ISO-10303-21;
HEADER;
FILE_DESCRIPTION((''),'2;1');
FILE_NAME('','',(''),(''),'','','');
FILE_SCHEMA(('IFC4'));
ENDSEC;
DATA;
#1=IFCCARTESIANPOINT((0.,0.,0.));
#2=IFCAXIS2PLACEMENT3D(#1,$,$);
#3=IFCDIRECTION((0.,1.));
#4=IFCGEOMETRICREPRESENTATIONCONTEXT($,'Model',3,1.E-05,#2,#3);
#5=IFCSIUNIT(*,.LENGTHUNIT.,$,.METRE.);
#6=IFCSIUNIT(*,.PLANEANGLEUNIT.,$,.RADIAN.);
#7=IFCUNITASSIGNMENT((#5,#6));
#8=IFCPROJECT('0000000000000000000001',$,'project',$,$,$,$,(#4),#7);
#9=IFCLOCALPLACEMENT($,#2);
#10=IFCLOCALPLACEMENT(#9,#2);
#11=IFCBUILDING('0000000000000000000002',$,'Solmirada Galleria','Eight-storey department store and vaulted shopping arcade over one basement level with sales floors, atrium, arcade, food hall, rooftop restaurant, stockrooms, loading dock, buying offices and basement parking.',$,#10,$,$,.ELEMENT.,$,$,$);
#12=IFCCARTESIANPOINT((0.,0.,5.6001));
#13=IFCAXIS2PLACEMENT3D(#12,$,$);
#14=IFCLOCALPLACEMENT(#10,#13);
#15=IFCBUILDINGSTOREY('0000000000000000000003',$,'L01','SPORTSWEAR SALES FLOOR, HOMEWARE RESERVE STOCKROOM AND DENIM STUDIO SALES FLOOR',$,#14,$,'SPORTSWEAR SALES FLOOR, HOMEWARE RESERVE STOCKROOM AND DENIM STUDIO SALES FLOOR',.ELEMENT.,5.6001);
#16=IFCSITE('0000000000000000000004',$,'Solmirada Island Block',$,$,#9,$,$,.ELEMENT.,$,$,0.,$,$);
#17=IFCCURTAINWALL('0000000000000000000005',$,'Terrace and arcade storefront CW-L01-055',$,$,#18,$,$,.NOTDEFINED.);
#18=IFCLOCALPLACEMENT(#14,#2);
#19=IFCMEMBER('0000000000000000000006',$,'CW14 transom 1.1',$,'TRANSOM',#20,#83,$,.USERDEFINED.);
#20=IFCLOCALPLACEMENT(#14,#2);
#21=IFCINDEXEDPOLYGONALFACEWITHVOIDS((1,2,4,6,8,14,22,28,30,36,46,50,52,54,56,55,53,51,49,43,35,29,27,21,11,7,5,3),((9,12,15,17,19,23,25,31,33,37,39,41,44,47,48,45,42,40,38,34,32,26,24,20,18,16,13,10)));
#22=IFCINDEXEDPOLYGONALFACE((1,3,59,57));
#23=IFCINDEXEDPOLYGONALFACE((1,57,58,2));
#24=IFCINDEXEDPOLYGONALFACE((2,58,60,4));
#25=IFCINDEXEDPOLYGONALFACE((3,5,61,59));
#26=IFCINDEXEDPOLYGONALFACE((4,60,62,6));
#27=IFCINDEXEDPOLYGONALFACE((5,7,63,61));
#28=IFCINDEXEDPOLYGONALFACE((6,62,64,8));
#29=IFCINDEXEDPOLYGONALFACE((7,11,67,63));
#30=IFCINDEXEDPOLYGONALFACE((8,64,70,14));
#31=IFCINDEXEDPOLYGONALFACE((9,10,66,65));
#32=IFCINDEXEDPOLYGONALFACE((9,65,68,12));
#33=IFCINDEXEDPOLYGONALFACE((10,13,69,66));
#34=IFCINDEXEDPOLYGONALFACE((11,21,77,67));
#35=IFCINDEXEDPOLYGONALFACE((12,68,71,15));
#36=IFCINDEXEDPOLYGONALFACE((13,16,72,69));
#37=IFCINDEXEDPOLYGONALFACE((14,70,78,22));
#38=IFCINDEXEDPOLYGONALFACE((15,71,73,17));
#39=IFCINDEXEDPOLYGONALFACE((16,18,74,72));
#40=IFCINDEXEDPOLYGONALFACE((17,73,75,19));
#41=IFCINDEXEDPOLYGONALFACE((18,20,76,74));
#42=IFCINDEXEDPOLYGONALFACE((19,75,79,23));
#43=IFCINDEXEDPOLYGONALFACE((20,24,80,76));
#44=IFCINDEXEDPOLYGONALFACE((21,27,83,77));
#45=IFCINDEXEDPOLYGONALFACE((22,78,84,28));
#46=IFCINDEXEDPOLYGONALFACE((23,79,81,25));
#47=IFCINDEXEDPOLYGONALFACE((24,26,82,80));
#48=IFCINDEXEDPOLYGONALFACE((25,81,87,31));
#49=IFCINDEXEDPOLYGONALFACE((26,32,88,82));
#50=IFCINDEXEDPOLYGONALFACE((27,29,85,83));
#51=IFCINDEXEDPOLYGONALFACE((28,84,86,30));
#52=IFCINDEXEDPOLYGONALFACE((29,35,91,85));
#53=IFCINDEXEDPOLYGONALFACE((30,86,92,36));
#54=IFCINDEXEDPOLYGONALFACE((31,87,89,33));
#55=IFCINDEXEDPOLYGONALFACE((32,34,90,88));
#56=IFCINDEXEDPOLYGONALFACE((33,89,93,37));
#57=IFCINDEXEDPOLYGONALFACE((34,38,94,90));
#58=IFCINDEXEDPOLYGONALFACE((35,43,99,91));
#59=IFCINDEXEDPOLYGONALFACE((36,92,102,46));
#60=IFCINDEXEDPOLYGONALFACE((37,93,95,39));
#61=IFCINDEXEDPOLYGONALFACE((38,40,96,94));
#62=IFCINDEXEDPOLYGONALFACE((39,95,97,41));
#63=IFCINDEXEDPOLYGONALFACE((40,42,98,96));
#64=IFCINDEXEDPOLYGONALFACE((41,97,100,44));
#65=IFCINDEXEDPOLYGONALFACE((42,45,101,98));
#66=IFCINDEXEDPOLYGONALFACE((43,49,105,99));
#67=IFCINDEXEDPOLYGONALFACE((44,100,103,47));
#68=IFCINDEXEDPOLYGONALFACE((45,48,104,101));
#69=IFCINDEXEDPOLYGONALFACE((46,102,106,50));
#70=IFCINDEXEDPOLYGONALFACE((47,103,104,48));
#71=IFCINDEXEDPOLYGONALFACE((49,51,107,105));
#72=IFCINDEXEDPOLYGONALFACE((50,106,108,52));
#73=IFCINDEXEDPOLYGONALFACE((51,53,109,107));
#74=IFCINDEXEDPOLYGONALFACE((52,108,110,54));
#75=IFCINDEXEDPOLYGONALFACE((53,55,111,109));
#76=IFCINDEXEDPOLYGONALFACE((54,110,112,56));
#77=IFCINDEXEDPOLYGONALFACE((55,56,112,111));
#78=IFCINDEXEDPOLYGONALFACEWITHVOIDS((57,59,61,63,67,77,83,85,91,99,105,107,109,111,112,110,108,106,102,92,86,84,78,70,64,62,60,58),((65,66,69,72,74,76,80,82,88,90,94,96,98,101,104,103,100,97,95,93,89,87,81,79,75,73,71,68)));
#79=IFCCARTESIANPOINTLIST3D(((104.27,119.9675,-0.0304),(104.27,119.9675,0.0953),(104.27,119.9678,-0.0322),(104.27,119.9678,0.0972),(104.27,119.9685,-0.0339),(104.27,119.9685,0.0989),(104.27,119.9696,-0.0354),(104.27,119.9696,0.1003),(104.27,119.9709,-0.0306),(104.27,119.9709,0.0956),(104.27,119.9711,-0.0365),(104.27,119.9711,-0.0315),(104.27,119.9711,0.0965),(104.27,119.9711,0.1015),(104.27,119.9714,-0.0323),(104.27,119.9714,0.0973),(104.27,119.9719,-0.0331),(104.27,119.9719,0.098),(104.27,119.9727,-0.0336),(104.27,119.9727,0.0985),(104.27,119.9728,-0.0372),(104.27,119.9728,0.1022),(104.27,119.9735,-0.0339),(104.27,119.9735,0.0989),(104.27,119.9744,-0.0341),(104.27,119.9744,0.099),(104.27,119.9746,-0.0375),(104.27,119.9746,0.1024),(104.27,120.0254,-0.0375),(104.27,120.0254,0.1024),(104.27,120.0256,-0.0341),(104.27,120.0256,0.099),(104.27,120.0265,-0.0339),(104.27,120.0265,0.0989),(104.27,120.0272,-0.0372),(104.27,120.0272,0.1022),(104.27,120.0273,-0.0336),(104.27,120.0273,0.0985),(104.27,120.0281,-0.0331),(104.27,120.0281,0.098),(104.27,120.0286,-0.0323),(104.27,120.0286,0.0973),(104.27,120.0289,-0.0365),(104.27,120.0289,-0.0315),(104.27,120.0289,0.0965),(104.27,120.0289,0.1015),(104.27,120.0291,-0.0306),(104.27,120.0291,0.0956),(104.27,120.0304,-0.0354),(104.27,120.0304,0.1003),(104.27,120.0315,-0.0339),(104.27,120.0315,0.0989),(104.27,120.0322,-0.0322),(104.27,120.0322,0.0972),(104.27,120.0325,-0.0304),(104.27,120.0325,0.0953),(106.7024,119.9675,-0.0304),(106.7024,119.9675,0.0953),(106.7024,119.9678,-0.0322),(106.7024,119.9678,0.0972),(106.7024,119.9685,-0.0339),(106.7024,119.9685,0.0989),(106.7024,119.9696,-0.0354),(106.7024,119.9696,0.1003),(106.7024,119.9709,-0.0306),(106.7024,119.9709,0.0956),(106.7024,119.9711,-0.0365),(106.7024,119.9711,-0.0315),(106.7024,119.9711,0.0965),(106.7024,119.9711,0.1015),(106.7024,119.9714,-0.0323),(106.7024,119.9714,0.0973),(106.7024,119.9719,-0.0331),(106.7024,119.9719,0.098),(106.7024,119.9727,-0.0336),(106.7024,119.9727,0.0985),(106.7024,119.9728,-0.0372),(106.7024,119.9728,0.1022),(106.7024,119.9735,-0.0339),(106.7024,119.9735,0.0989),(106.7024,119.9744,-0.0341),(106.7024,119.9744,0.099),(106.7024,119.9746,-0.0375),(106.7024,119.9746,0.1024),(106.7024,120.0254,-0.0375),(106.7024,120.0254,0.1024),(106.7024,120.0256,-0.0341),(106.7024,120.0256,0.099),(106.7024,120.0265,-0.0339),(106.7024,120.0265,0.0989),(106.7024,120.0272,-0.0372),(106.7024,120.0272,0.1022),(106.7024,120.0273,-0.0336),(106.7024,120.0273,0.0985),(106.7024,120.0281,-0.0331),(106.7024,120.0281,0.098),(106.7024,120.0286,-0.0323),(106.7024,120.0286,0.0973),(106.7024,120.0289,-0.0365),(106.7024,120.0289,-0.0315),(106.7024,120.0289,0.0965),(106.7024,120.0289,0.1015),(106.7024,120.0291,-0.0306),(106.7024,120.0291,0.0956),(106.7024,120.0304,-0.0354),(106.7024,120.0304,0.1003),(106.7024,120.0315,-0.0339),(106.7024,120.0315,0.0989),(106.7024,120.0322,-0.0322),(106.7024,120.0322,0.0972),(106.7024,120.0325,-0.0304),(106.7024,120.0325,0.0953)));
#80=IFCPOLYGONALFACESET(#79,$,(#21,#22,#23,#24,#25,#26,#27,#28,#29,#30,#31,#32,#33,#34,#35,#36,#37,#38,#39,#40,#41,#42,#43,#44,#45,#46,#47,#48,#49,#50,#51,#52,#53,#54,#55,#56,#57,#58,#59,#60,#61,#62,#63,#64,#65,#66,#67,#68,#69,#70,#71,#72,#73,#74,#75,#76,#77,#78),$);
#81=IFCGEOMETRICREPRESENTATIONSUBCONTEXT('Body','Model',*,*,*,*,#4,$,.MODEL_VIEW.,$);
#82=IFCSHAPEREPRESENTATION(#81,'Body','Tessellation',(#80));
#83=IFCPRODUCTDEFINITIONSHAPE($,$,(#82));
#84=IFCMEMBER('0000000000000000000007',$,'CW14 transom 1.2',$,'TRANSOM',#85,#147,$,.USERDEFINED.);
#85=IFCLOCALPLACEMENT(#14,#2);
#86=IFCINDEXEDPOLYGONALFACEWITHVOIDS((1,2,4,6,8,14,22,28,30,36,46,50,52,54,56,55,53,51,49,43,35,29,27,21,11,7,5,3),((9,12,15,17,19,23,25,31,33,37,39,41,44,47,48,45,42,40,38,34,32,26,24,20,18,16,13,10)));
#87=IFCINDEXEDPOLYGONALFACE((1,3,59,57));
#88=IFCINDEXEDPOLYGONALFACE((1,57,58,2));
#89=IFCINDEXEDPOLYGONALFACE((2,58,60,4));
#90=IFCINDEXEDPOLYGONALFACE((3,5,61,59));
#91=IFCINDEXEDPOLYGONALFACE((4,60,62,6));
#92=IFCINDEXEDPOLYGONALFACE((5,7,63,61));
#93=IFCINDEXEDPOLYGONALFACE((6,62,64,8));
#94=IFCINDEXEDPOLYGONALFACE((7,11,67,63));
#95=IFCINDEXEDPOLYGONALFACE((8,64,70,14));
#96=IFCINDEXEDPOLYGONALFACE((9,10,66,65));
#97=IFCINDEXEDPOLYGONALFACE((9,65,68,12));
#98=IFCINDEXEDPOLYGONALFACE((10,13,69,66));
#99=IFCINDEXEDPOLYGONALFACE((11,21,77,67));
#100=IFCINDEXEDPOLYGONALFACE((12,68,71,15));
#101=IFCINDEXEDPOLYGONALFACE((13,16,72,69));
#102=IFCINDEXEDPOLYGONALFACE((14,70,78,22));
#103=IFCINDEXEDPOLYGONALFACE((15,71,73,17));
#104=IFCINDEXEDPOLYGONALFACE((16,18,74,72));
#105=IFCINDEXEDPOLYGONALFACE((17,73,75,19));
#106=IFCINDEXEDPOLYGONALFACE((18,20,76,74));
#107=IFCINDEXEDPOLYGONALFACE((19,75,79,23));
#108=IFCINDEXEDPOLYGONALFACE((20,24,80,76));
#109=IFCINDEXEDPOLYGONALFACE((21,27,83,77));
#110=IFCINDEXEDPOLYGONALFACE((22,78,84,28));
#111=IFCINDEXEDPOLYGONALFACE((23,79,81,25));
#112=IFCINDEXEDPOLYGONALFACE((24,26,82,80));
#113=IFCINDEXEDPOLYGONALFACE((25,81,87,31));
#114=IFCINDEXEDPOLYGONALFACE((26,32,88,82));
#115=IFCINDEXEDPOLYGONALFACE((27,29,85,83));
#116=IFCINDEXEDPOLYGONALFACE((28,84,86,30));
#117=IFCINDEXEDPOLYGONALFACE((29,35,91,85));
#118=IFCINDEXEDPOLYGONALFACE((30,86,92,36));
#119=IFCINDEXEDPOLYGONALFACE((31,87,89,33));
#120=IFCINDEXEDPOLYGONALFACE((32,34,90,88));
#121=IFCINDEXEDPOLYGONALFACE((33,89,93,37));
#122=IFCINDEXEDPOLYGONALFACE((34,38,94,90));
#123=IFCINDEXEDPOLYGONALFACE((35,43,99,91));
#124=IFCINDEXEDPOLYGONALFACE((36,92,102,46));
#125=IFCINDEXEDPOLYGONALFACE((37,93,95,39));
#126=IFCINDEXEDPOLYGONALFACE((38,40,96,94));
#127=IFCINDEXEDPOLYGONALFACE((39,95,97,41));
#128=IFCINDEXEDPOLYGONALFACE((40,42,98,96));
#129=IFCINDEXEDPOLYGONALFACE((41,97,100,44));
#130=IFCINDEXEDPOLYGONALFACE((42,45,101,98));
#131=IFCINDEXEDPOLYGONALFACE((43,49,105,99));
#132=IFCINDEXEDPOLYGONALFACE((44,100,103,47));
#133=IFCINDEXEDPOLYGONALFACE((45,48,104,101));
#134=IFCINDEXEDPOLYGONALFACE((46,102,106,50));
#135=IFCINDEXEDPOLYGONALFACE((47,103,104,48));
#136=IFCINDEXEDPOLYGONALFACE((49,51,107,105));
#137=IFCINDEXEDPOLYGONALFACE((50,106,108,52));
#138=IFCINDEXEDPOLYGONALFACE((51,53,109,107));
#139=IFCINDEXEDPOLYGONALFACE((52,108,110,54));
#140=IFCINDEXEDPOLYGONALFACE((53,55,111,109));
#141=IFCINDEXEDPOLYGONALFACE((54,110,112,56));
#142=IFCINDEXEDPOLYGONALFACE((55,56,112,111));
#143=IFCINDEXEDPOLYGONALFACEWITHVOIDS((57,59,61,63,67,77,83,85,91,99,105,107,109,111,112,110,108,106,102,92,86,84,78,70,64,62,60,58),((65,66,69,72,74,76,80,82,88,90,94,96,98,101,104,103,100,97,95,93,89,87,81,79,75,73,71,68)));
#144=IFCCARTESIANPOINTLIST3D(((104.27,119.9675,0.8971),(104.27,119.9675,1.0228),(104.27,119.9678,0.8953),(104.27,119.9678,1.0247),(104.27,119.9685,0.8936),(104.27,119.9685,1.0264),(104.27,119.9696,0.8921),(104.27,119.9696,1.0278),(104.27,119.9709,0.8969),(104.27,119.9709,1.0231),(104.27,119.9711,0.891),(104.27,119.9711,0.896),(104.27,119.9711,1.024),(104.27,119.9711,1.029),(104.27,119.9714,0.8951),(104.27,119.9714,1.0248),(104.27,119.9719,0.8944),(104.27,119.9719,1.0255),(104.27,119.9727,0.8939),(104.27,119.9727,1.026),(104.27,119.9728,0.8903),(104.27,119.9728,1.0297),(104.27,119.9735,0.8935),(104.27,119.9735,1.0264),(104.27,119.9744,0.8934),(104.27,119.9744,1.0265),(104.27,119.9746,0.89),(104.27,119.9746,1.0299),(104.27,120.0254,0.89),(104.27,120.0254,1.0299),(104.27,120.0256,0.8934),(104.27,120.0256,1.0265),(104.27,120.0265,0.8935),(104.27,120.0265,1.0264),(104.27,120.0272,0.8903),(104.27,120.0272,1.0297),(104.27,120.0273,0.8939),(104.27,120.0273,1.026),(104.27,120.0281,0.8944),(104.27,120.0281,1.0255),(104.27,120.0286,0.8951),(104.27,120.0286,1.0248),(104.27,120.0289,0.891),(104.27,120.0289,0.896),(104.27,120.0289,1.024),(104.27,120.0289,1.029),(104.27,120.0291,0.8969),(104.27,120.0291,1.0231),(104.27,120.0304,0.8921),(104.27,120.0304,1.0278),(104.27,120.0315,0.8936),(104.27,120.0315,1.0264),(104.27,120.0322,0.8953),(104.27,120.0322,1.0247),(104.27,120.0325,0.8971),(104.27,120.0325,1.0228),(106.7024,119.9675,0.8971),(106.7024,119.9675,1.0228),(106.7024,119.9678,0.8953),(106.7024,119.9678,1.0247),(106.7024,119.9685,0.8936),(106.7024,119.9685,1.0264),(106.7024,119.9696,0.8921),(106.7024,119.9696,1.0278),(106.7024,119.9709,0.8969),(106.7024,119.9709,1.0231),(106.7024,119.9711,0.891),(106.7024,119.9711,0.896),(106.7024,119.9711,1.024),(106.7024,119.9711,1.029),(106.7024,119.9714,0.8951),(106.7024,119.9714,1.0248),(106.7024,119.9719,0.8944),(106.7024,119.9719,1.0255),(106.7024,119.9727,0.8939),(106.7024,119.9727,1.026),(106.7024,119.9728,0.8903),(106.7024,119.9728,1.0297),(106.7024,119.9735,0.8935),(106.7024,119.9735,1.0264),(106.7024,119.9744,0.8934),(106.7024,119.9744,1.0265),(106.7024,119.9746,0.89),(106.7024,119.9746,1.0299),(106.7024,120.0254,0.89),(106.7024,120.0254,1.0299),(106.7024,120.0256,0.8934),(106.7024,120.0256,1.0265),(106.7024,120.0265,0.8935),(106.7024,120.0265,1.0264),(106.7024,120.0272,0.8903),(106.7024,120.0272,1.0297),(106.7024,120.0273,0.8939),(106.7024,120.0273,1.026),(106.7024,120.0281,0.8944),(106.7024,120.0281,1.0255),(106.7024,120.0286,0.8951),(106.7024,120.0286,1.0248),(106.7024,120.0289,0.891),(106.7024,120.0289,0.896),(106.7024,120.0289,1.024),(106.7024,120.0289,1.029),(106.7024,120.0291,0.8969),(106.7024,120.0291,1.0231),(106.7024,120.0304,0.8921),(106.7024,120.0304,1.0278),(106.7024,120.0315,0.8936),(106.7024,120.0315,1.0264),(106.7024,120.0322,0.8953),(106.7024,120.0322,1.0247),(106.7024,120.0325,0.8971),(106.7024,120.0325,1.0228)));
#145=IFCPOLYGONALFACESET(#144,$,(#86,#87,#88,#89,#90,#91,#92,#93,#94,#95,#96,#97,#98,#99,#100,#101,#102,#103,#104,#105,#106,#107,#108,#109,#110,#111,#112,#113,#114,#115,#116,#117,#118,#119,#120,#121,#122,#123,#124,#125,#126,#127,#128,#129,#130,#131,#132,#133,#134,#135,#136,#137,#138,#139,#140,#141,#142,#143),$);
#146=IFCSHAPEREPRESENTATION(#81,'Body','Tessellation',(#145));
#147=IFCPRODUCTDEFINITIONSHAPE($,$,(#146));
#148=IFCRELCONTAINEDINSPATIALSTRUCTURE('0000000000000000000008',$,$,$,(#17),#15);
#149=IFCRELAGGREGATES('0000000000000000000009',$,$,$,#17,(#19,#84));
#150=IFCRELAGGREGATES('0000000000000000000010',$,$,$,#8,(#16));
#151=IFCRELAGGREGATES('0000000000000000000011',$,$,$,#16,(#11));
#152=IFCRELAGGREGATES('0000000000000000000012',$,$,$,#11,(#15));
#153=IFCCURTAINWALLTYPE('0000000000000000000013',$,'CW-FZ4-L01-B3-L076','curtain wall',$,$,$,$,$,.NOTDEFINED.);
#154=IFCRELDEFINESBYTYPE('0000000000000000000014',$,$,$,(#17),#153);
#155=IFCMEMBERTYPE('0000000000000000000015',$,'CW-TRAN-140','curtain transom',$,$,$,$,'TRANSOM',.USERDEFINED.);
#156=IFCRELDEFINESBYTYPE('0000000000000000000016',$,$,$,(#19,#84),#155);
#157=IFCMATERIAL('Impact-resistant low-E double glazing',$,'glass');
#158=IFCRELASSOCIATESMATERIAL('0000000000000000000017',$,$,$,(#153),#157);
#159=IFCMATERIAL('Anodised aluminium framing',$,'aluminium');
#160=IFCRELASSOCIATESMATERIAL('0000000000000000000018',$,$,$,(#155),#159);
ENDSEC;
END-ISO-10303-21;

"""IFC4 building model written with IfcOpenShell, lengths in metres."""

from ifc_helpers import new_model, si_unit, direction, frame, origin, origin_2d, place, context, subcontext, project, spatial, hollow_rectangle, extrude, material, material_profile, profile_set, type_object, element, aggregate, save


model = new_model("IFC4")

# Units and contexts
model_context = context("Model", 3, precision=1e-05, world=origin(), true_north=direction((0.0, 1.0)))
body_context = subcontext(model_context, "Body", "Model", "MODEL_VIEW")
ifc_project = project(units=[si_unit("LENGTHUNIT", "METRE"), si_unit("PLANEANGLEUNIT", "RADIAN")], contexts=[model_context])

# Site, building, storey
site_placement = place(None, origin())
site = spatial("IfcSite", under=ifc_project, at=site_placement, Name="Solmirada Island Block", CompositionType="ELEMENT", RefElevation=0.0)
building_placement = place(site_placement, origin())
building = spatial("IfcBuilding", under=site, at=building_placement, Name="Solmirada Galleria", Description="Eight-storey department store and vaulted shopping arcade over one basement level with sales floors, atrium, arcade, food hall, rooftop restaurant, stockrooms, loading dock, buying offices and basement parking.", CompositionType="ELEMENT")
storey_placement = place(building_placement, frame((0.0, 0.0, 5.6001)))
storey = spatial("IfcBuildingStorey", under=building, at=storey_placement, Name="L01", Description="SPORTSWEAR SALES FLOOR, HOMEWARE RESERVE STOCKROOM AND DENIM STUDIO SALES FLOOR", LongName="SPORTSWEAR SALES FLOOR, HOMEWARE RESERVE STOCKROOM AND DENIM STUDIO SALES FLOOR", CompositionType="ELEMENT", Elevation=5.6001)

# Curtain wall, members
ifc_material_1 = material(Name="Impact-resistant low-E double glazing", Category="glass")
curtain_wall_type = type_object("IfcCurtainWallType", Name="CW-FZ4-L01-B3-L076", Description="curtain wall", PredefinedType="NOTDEFINED", material=ifc_material_1)
curtain_wall_placement = place(storey_placement, origin())
curtain_wall = element("IfcCurtainWall", 1, at=curtain_wall_placement, inside=storey, type_object=curtain_wall_type, Name="Terrace and arcade storefront CW-L01-055", PredefinedType="NOTDEFINED")
ifc_material_2 = material(Name="Anodised aluminium framing", Category="aluminium")
ifc_material_profile_1 = material_profile(ifc_material_2, hollow_rectangle(XDim=0.0649, YDim=0.1399, WallThickness=0.0034, InnerFilletRadius=0.0034, OuterFilletRadius=0.0071, at=origin_2d()), Name="ALU-TRAN-140X65")
ifc_profile_set_1 = profile_set([ifc_material_profile_1], Name="Anodised aluminium framing")
member_type_1 = type_object("IfcMemberType", Name="CW-TRAN-140", Description="curtain transom", ElementType="TRANSOM", PredefinedType="USERDEFINED", material=ifc_profile_set_1)
member_1_placement = place(storey_placement, frame((104.27, 120.0, 0.0325), z_axis=(1.0, 0.0, 0.0), x_axis=(0.0, 1.0, 0.0)))
member_1 = element("IfcMember", 2, at=member_1_placement, type_object=member_type_1, Name="CW14 transom 1.1", ObjectType="TRANSOM", PredefinedType="USERDEFINED", context=body_context, shape_type="SweptSolid", body=[
    extrude(hollow_rectangle(XDim=0.0649, YDim=0.1399, WallThickness=0.0034, InnerFilletRadius=0.0034, OuterFilletRadius=0.0071, at=origin_2d()), origin(), (0.0, 0.0, 1.0), 2.4324),
])
member_2_placement = place(storey_placement, frame((104.27, 120.0, 0.96), z_axis=(1.0, 0.0, 0.0), x_axis=(0.0, 1.0, 0.0)))
member_2 = element("IfcMember", 3, at=member_2_placement, type_object=member_type_1, Name="CW14 transom 1.2", ObjectType="TRANSOM", PredefinedType="USERDEFINED", context=body_context, shape_type="SweptSolid", body=[
    extrude(hollow_rectangle(XDim=0.0649, YDim=0.1399, WallThickness=0.0034, InnerFilletRadius=0.0034, OuterFilletRadius=0.0071, at=origin_2d()), origin(), (0.0, 0.0, 1.0), 2.4324),
])
aggregate(curtain_wall, [member_1, member_2])

save(model, "model.ifc")
